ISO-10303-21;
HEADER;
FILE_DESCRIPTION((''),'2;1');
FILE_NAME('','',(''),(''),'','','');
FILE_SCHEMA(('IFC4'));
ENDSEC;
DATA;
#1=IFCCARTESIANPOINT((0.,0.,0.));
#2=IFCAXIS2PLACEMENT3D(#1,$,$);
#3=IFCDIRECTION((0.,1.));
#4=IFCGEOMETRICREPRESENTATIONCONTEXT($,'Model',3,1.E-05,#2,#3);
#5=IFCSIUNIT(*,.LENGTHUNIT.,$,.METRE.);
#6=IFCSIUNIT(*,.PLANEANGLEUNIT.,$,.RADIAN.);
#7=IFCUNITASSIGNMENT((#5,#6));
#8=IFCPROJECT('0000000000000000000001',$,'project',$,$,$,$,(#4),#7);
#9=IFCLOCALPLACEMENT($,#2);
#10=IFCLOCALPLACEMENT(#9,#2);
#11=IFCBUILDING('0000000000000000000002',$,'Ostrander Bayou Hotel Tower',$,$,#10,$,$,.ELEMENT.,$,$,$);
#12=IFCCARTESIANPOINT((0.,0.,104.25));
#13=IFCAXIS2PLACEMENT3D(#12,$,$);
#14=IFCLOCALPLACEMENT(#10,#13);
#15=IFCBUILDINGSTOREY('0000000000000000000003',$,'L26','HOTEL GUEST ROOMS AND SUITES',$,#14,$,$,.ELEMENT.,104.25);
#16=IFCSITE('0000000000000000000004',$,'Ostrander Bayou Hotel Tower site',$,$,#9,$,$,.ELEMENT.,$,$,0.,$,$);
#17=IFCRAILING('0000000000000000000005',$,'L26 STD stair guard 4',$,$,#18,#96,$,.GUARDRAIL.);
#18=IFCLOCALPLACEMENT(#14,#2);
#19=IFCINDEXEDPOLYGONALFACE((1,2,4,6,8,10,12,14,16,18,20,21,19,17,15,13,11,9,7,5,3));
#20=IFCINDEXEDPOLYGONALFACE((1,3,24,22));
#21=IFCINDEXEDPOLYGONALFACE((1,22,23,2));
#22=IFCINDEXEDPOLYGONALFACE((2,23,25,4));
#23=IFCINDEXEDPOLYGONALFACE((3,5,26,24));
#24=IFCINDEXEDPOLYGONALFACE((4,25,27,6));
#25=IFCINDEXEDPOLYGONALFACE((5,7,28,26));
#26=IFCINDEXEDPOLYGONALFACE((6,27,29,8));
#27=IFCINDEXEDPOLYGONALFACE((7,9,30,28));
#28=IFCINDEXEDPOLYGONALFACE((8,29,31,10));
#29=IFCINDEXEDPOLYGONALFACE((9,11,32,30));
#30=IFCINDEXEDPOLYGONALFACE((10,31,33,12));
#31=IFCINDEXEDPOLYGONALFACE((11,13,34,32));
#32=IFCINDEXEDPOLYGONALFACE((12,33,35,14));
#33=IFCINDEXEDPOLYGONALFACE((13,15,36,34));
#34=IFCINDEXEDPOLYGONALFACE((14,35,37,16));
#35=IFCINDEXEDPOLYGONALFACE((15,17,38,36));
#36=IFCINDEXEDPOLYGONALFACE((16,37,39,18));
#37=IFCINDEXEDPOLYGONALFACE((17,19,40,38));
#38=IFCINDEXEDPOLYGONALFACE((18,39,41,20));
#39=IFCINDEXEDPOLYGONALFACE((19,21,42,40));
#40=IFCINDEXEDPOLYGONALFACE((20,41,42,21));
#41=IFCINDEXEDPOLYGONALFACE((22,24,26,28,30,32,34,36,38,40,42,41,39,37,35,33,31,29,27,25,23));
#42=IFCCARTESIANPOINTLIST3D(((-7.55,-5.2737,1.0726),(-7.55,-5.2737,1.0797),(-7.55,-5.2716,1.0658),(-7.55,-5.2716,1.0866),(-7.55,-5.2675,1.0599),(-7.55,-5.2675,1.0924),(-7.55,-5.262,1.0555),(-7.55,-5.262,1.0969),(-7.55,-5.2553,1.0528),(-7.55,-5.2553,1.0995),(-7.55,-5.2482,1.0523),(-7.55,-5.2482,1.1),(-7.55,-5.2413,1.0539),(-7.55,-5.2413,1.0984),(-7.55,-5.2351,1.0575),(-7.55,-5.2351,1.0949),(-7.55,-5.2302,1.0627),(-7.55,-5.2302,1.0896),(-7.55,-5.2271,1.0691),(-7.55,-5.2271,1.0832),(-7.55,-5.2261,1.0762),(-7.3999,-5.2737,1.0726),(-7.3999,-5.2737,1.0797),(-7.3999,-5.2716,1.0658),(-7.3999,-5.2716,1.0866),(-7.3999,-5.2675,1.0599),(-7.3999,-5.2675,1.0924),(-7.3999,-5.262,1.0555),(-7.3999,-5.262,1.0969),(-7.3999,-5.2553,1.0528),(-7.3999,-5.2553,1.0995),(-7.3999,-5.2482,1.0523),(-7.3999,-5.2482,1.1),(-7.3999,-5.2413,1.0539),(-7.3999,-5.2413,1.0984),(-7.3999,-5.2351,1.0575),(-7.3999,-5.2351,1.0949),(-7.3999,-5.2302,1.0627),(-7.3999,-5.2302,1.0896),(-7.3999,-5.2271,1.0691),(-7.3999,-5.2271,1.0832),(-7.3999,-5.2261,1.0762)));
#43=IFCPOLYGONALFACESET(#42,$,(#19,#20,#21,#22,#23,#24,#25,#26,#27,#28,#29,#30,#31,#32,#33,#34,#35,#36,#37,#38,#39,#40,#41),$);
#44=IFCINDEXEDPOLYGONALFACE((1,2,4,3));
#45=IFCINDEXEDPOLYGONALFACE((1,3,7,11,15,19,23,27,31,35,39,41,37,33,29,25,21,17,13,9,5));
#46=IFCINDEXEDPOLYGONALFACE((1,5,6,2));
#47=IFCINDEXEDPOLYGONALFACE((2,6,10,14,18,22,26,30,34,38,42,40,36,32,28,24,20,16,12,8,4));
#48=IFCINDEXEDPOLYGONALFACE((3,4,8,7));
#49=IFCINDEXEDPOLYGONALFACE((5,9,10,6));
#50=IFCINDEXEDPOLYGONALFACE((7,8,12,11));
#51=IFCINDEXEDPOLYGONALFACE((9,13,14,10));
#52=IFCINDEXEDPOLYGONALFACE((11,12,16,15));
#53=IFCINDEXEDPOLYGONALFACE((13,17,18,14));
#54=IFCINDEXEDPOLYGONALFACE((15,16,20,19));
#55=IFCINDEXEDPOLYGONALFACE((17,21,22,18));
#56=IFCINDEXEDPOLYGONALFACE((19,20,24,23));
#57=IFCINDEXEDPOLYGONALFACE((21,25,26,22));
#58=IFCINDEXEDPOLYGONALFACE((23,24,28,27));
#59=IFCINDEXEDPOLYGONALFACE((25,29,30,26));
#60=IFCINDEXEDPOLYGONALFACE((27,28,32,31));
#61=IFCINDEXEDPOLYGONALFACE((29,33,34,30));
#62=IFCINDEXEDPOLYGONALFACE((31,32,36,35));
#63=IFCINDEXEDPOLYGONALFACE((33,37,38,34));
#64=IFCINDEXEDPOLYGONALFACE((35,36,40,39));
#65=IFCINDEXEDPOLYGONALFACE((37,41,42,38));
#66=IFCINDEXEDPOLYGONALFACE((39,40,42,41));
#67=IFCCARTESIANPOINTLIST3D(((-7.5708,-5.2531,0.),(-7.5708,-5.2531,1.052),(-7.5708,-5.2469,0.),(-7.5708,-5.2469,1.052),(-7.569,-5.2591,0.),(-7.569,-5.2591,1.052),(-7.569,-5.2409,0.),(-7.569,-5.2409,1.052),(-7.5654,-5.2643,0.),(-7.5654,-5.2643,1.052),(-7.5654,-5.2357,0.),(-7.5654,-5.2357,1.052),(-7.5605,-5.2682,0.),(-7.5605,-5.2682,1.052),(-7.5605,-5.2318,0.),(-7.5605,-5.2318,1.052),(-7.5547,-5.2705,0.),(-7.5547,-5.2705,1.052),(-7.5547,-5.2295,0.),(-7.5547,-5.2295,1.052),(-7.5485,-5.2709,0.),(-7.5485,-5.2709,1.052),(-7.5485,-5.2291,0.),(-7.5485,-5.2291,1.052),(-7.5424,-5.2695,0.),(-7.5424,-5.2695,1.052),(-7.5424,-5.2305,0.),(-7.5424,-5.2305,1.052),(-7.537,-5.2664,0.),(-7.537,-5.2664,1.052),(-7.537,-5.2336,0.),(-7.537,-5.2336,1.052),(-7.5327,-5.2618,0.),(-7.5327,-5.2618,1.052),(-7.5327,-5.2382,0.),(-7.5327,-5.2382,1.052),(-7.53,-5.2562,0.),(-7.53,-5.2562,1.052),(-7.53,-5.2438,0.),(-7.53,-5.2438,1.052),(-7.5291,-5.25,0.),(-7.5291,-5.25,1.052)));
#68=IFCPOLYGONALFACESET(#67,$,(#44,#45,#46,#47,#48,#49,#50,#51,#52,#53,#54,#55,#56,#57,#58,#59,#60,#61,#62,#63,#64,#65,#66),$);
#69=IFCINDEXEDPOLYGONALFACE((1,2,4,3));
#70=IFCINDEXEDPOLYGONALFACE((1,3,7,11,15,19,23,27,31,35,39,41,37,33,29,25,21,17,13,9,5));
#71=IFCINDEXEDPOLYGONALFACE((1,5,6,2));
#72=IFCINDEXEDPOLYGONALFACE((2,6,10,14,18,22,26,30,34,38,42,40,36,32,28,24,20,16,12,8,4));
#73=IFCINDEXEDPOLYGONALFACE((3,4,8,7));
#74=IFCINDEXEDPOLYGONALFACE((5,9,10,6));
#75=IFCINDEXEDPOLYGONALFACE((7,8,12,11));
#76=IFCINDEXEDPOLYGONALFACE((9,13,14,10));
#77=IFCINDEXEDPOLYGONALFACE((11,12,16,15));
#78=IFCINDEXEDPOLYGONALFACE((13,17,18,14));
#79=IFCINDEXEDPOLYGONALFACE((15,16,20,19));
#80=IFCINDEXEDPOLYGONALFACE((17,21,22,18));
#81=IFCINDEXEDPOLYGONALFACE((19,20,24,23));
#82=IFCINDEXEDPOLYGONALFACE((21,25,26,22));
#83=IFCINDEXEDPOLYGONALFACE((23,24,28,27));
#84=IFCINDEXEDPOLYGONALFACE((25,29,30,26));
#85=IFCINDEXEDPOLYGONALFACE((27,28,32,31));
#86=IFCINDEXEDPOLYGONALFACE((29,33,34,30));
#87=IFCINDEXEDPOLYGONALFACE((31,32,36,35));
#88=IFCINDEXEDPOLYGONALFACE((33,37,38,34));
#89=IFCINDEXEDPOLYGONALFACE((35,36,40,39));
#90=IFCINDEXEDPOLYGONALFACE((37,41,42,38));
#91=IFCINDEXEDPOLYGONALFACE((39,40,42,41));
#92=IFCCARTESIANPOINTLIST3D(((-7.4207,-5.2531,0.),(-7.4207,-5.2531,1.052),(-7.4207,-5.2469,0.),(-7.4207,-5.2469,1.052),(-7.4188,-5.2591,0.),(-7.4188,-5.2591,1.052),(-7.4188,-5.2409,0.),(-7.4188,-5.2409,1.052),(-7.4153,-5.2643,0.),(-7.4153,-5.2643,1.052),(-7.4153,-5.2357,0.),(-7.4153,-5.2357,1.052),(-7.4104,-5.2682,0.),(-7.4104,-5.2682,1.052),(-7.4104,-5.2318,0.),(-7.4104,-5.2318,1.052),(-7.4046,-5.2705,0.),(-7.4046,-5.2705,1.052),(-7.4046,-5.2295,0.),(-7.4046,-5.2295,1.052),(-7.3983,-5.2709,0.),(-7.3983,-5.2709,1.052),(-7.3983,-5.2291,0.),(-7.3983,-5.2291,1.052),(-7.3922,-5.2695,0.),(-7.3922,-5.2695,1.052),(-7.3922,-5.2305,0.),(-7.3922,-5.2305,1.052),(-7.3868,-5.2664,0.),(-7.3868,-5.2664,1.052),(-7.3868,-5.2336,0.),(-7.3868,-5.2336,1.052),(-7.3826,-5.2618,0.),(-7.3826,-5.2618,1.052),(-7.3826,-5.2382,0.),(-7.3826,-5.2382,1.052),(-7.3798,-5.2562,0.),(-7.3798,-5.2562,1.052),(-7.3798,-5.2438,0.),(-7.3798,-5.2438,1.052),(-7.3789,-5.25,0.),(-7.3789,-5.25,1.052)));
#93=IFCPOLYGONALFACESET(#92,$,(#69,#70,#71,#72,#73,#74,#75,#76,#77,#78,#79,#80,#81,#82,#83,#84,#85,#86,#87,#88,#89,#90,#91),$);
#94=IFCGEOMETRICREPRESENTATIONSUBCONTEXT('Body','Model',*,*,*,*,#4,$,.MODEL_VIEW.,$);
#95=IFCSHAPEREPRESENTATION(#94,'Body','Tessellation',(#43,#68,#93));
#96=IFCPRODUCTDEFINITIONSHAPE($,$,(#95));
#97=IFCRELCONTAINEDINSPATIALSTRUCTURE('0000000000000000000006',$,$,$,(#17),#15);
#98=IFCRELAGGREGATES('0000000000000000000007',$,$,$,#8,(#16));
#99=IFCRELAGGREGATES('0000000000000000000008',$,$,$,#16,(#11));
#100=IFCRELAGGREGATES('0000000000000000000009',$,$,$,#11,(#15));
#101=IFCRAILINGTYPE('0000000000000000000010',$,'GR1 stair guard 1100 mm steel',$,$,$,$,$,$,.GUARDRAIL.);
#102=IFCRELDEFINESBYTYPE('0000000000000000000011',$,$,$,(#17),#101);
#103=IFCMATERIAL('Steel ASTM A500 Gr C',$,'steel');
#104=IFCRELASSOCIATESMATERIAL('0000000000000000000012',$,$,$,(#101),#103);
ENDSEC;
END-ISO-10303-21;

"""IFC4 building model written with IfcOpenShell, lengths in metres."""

from ifc_helpers import new_model, si_unit, direction, frame, origin, origin_2d, place, context, subcontext, project, spatial, circle, extrude, material, type_object, element, save


model = new_model("IFC4")

# Units and contexts
model_context = context("Model", 3, precision=1e-05, world=origin(), true_north=direction((0.0, 1.0)))
body_context = subcontext(model_context, "Body", "Model", "MODEL_VIEW")
ifc_project = project(units=[si_unit("LENGTHUNIT", "METRE"), si_unit("PLANEANGLEUNIT", "RADIAN")], contexts=[model_context])

# Site, building, storey
site_placement = place(None, origin())
site = spatial("IfcSite", under=ifc_project, at=site_placement, Name="Ostrander Bayou Hotel Tower site", CompositionType="ELEMENT", RefElevation=0.0)
building_placement = place(site_placement, origin())
building = spatial("IfcBuilding", under=site, at=building_placement, Name="Ostrander Bayou Hotel Tower", CompositionType="ELEMENT")
storey_placement = place(building_placement, frame((0.0, 0.0, 104.25)))
storey = spatial("IfcBuildingStorey", under=building, at=storey_placement, Name="L26", Description="HOTEL GUEST ROOMS AND SUITES", CompositionType="ELEMENT", Elevation=104.25)

# Railing
ifc_material_1 = material(Name="Steel ASTM A500 Gr C", Category="steel")
railing_type_1 = type_object("IfcRailingType", Name="GR1 stair guard 1100 mm steel", PredefinedType="GUARDRAIL", material=ifc_material_1)
railing_1_placement = place(storey_placement, frame((-7.55, -5.25, 0.0)))
element("IfcRailing", 1, at=railing_1_placement, inside=storey, type_object=railing_type_1, Name="L26 STD stair guard 4", PredefinedType="GUARDRAIL", context=body_context, shape_type="SweptSolid", body=[
    extrude(circle(Radius=0.0239, at=origin_2d()), frame((0.0, 0.0, 1.0762), z_axis=(1.0, 0.0, 0.0), x_axis=(0.0, 1.0, 0.0)), (0.0, 0.0, 1.0), 0.1501),
    extrude(circle(Radius=0.021, at=origin_2d()), origin(), (0.0, 0.0, 1.0), 1.052),
    extrude(circle(Radius=0.021, at=origin_2d()), frame((0.1501, 0.0, 0.0)), (0.0, 0.0, 1.0), 1.052),
])

save(model, "model.ifc")
